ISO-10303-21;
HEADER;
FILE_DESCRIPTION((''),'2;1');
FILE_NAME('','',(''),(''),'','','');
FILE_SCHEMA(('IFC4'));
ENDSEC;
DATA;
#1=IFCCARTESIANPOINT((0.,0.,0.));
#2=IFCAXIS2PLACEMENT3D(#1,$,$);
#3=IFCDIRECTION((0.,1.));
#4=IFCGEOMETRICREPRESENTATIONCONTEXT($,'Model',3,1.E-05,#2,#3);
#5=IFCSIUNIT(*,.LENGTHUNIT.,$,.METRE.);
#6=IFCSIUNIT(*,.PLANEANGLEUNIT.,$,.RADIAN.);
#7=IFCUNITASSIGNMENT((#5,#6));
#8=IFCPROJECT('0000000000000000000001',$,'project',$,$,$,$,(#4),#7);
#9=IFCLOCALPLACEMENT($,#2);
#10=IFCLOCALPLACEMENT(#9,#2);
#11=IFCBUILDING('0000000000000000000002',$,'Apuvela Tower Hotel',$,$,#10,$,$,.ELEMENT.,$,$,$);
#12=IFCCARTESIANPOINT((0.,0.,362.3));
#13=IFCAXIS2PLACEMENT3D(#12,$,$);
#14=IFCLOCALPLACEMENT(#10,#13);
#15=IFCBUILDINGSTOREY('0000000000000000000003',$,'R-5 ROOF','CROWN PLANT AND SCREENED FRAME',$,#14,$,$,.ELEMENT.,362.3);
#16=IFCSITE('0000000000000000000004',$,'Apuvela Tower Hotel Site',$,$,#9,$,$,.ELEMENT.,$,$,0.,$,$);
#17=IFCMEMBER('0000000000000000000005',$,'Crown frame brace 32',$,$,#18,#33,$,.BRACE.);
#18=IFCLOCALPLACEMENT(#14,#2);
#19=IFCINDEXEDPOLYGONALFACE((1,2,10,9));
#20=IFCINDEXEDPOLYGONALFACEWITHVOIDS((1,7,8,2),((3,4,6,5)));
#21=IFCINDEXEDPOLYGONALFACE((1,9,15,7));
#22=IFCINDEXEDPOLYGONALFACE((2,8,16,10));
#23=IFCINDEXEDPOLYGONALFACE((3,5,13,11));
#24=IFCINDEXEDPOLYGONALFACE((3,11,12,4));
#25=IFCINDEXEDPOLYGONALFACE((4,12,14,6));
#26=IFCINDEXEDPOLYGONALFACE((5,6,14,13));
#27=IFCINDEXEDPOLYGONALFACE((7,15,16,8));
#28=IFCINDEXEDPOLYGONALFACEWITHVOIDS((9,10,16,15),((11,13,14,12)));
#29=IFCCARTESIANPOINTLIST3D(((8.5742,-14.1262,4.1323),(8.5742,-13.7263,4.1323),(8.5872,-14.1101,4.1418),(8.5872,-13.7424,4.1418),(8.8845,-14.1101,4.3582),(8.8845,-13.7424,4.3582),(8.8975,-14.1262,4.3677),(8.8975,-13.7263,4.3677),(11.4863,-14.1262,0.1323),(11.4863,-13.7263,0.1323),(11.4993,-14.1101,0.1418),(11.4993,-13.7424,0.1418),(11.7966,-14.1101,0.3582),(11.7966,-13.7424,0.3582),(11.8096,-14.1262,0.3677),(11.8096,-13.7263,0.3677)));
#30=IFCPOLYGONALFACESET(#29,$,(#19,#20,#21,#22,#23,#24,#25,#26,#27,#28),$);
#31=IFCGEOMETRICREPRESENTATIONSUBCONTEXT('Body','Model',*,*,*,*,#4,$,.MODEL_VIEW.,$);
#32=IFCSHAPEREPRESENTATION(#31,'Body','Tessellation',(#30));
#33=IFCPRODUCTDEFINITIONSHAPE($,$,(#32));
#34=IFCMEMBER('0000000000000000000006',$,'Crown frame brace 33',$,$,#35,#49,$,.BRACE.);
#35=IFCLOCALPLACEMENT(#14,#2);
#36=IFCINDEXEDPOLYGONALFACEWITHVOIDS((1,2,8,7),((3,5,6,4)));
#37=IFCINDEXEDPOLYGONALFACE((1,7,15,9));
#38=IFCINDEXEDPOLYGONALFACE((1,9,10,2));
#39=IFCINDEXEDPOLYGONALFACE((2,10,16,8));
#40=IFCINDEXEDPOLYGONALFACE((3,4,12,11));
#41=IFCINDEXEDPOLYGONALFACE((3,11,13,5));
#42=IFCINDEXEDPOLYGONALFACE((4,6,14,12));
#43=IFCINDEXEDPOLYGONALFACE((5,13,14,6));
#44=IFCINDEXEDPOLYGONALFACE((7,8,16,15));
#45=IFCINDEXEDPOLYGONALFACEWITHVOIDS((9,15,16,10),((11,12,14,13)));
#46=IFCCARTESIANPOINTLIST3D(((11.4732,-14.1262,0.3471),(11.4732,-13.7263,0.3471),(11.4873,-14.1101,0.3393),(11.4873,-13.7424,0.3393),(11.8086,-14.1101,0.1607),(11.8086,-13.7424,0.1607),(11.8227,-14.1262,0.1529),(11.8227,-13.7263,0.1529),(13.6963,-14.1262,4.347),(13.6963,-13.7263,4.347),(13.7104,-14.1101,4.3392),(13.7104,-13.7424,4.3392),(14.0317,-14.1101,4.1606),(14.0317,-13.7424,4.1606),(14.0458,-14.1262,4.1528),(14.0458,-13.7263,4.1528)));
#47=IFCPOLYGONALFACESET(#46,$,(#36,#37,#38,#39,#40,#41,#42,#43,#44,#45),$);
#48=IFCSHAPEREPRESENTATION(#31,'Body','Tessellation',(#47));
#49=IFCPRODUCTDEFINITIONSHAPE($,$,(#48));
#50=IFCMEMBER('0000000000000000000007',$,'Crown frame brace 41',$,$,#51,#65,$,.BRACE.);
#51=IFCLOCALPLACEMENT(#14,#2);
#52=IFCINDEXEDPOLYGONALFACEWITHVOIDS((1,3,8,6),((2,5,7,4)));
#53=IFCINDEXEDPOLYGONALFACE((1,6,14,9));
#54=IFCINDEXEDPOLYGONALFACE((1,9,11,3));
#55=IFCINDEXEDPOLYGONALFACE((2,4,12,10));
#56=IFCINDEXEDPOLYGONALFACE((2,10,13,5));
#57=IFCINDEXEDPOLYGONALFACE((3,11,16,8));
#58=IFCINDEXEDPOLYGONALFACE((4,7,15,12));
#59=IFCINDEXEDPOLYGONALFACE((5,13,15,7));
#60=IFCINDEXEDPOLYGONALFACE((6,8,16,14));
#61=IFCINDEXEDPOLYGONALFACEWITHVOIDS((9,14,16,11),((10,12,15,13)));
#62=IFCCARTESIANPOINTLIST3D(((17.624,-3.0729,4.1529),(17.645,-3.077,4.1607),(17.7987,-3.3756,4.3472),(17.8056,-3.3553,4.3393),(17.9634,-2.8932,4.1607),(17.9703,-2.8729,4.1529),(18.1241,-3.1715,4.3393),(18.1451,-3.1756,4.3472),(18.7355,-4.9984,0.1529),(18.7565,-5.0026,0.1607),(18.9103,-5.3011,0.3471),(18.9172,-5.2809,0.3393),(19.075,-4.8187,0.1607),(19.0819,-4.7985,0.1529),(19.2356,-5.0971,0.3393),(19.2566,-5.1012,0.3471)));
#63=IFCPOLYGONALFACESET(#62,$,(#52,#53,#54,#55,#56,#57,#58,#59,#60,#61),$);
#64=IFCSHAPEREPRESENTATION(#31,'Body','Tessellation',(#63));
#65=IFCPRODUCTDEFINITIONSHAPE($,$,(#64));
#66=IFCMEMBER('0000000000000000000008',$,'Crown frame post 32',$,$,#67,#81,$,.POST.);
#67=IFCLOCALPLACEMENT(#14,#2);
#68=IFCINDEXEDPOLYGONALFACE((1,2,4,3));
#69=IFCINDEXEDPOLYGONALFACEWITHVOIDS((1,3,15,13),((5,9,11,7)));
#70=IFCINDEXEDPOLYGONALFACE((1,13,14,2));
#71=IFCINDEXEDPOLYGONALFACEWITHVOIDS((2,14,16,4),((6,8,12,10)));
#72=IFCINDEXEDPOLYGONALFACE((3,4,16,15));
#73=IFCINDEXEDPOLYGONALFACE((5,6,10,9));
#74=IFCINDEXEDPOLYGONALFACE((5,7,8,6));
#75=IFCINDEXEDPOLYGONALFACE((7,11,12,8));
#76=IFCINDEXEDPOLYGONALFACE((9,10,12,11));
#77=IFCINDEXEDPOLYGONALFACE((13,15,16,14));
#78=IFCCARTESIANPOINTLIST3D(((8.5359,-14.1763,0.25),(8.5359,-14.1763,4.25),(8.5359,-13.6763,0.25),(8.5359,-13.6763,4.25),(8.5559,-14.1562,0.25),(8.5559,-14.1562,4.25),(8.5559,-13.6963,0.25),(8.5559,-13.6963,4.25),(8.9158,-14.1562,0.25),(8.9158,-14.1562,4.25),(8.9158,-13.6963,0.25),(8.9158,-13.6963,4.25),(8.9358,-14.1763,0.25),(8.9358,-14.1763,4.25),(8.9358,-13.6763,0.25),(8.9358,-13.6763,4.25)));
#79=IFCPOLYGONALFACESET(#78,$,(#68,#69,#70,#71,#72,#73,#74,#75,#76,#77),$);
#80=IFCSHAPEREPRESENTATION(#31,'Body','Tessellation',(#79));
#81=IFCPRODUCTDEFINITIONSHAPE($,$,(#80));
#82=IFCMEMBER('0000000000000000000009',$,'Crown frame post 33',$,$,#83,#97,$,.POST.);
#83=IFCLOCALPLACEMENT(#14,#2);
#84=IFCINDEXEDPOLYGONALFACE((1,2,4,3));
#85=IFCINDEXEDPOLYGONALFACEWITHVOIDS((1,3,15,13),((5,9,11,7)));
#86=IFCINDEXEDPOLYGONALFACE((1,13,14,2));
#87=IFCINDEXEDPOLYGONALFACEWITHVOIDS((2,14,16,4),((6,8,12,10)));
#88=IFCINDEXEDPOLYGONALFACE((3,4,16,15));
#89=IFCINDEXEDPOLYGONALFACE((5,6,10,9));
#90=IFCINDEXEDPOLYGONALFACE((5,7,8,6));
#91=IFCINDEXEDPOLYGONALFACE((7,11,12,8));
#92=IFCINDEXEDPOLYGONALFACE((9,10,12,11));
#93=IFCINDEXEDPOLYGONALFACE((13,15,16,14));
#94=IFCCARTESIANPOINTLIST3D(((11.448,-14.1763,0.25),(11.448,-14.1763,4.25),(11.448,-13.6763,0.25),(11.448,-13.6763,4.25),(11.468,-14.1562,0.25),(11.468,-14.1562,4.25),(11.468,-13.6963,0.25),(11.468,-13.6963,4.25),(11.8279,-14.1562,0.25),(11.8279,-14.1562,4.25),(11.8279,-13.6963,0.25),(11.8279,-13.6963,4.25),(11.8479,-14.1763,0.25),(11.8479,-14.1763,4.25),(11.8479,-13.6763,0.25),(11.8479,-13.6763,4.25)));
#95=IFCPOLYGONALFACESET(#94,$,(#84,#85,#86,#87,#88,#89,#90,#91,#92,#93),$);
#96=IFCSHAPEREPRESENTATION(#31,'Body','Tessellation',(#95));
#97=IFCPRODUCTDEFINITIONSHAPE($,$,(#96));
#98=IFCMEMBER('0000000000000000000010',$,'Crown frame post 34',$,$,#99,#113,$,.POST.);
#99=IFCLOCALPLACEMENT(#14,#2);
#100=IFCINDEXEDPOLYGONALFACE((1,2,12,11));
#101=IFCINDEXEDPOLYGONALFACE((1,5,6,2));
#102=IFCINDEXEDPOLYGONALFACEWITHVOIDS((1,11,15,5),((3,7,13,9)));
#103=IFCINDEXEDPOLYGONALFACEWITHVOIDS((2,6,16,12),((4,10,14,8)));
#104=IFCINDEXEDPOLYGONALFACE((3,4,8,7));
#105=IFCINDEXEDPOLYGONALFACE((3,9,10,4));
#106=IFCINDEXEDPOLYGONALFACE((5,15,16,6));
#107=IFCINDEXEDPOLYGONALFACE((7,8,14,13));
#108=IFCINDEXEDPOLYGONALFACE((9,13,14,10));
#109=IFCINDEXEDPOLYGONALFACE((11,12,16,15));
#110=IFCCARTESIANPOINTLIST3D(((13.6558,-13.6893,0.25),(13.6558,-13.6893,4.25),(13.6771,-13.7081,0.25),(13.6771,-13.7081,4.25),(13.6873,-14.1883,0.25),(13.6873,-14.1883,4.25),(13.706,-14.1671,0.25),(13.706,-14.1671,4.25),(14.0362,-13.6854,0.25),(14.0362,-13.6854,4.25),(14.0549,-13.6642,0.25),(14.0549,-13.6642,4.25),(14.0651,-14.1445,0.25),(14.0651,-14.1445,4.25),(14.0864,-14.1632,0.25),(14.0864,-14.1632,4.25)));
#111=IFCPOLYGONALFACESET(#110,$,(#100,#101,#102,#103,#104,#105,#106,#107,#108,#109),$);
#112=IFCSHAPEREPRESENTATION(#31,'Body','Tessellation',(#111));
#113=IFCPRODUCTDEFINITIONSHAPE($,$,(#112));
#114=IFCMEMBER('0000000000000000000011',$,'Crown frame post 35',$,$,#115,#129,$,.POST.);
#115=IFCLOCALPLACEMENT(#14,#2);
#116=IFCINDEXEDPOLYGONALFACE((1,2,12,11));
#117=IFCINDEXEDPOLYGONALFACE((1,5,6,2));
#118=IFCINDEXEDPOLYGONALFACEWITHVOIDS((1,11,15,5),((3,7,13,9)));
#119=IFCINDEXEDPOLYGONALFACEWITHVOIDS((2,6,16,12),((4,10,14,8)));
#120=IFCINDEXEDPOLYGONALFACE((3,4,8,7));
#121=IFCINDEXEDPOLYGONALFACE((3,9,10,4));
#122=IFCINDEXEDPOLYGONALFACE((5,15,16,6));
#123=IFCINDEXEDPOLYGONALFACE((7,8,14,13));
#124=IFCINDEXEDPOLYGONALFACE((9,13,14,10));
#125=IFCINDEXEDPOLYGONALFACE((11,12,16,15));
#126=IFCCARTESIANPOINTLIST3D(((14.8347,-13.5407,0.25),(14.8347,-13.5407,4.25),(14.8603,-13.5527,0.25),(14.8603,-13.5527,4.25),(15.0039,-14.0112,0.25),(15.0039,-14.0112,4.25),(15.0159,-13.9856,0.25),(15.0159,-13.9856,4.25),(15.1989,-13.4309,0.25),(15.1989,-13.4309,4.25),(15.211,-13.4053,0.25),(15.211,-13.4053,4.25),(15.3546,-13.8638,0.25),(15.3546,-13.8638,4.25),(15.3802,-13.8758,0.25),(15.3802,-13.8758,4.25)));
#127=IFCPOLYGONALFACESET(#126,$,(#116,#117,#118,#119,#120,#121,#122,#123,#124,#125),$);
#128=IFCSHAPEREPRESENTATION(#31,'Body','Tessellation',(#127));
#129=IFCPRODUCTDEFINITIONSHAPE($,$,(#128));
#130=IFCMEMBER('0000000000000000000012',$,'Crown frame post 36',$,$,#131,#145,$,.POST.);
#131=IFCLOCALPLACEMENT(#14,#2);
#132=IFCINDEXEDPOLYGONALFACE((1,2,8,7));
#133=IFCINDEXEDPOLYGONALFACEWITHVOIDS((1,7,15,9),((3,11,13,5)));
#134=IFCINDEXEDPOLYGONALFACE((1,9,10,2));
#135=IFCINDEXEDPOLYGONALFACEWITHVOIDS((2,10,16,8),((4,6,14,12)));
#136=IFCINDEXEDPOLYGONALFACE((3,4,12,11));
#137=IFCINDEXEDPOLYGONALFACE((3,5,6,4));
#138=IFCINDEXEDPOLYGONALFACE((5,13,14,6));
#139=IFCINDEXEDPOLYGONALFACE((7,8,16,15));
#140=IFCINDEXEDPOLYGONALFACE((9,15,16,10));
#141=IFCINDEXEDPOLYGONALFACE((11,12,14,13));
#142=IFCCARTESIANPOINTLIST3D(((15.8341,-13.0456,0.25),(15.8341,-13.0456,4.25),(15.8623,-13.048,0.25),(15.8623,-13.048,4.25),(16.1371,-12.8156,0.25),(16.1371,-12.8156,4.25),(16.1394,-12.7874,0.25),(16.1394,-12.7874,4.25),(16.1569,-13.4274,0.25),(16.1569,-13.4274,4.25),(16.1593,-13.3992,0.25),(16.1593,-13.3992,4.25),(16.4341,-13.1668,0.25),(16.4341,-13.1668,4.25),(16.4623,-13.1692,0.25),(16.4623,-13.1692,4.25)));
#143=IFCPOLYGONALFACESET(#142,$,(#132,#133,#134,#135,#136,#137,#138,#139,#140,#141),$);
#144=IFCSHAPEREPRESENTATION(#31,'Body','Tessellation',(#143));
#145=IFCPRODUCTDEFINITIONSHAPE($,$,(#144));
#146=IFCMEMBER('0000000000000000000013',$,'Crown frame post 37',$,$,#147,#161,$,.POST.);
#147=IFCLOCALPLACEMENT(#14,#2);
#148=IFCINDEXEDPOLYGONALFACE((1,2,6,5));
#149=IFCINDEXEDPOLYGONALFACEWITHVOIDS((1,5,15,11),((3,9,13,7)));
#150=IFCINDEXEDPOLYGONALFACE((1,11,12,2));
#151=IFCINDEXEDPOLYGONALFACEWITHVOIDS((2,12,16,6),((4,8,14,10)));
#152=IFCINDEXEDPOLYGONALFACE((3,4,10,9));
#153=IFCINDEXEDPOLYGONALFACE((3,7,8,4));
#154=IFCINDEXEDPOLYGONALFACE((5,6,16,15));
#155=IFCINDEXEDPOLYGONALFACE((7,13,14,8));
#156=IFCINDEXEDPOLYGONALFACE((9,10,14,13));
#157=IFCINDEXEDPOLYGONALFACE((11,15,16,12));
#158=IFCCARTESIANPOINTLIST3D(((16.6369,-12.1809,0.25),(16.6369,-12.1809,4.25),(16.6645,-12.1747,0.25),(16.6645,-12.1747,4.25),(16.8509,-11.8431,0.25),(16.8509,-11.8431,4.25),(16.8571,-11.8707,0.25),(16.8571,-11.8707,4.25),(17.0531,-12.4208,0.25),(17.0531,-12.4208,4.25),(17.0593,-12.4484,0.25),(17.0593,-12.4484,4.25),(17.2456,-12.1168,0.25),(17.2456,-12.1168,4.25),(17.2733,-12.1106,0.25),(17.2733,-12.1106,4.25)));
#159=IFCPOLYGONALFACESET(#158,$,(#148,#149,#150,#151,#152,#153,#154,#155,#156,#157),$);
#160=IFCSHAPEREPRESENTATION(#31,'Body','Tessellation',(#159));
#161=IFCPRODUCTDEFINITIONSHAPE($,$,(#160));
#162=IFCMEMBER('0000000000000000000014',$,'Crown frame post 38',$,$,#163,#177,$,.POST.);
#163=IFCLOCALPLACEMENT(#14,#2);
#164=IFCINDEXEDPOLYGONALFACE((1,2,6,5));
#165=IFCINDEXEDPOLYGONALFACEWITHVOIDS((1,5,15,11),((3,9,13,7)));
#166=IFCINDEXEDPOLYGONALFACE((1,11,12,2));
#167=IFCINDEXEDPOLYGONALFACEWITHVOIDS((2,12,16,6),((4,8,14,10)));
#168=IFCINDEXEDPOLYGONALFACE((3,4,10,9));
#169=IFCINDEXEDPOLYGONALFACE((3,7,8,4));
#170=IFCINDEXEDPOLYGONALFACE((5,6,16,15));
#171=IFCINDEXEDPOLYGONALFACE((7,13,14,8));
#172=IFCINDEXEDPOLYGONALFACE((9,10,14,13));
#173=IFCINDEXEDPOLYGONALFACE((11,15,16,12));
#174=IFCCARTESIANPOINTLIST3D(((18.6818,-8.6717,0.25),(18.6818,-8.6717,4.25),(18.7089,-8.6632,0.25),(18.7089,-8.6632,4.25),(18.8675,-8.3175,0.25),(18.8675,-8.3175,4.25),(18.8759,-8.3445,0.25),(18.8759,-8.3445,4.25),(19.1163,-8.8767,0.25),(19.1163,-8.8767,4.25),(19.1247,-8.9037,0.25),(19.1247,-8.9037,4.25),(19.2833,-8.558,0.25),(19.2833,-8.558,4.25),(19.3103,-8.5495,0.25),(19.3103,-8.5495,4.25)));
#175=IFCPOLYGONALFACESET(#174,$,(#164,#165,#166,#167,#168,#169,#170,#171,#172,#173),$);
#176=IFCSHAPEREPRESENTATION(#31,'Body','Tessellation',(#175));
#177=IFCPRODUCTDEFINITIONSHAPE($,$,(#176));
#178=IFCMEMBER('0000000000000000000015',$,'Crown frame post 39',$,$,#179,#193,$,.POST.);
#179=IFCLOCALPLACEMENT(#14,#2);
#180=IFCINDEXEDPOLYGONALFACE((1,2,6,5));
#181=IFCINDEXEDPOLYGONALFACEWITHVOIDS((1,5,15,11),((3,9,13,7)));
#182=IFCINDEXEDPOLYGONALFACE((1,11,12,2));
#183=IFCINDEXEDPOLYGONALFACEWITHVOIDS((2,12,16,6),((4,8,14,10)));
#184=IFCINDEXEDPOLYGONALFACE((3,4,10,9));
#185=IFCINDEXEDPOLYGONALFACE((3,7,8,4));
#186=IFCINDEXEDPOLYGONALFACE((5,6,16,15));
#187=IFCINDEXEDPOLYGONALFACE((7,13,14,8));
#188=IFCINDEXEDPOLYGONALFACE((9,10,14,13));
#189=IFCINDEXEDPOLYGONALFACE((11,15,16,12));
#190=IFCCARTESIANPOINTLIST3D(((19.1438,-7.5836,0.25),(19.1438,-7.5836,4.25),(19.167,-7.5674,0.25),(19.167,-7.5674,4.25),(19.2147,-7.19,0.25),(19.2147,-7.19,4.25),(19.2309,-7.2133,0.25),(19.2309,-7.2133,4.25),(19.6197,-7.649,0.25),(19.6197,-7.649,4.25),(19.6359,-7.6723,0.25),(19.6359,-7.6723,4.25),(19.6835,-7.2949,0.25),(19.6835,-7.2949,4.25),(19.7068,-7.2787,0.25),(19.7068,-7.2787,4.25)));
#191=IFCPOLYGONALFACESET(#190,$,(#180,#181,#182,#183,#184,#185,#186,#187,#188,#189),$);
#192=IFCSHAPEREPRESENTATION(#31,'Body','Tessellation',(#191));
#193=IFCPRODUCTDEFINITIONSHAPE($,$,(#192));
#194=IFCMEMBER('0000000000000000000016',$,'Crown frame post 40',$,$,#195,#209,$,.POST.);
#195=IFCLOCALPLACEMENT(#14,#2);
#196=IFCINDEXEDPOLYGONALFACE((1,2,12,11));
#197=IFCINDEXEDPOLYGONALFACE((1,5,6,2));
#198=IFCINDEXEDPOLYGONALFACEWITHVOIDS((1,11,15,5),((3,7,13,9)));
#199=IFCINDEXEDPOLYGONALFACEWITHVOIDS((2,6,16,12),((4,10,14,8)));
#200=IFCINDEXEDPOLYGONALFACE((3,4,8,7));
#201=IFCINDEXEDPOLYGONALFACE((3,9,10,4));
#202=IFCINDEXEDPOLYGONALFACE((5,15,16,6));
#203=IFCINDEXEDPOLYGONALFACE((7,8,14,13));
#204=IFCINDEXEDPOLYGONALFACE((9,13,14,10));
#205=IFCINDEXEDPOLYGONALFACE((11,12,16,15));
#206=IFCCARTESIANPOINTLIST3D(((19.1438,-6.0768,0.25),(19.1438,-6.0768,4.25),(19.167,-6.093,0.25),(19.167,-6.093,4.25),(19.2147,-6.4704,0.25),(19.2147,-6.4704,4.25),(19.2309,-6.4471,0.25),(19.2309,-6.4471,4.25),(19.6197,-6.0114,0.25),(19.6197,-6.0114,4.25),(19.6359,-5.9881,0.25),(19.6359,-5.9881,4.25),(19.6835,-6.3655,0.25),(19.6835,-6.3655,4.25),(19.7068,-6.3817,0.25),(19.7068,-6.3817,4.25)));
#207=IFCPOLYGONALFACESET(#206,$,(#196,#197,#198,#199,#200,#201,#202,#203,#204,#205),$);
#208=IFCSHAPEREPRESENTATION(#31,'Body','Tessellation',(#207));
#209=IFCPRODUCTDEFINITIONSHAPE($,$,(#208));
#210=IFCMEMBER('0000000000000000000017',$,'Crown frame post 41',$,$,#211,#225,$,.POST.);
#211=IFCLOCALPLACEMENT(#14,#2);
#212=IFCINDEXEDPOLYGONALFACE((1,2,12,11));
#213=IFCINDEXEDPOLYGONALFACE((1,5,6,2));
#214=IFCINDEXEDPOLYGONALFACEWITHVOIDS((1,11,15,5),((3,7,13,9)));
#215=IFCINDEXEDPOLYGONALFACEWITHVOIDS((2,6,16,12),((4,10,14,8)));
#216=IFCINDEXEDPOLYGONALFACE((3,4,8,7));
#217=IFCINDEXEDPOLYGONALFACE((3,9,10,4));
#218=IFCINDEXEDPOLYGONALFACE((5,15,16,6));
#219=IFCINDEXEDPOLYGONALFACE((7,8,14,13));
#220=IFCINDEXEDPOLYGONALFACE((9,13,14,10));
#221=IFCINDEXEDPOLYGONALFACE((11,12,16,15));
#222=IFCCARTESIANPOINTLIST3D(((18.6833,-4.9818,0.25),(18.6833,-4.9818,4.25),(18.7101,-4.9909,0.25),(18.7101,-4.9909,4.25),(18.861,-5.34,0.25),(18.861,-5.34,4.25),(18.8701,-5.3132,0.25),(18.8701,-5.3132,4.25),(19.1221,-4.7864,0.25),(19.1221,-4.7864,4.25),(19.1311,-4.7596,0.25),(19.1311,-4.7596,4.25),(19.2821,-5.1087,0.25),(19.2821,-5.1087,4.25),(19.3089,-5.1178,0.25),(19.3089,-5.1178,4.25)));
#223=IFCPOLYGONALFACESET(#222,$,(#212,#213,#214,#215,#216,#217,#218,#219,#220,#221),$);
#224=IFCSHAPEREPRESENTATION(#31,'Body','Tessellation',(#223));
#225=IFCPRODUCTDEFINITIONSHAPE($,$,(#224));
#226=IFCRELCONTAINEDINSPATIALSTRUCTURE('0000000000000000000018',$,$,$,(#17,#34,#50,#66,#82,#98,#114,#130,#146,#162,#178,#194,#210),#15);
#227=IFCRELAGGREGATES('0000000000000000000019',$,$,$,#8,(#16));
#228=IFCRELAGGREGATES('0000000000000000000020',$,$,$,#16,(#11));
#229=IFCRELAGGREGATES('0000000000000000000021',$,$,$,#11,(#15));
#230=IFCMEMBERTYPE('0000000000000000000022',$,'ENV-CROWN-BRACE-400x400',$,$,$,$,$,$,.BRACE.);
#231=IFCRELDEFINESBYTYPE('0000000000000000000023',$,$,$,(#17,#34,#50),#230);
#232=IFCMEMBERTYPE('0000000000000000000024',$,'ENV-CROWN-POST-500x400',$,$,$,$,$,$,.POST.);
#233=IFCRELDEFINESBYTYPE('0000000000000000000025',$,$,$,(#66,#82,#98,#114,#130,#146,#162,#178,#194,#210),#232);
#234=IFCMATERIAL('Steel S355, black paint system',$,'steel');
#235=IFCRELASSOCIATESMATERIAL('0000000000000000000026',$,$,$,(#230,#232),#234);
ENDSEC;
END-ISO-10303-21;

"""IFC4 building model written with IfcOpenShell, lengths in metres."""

from ifc_helpers import new_model, si_unit, direction, frame, origin, origin_2d, place, context, subcontext, project, spatial, hollow_rectangle, extrude, material, material_profile, profile_set, type_object, element, save


model = new_model("IFC4")

# Units and contexts
model_context = context("Model", 3, precision=1e-05, world=origin(), true_north=direction((0.0, 1.0)))
body_context = subcontext(model_context, "Body", "Model", "MODEL_VIEW")
ifc_project = project(units=[si_unit("LENGTHUNIT", "METRE"), si_unit("PLANEANGLEUNIT", "RADIAN")], contexts=[model_context])

# Site, building, storey
site_placement = place(None, origin())
site = spatial("IfcSite", under=ifc_project, at=site_placement, Name="Apuvela Tower Hotel Site", CompositionType="ELEMENT", RefElevation=0.0)
building_placement = place(site_placement, origin())
building = spatial("IfcBuilding", under=site, at=building_placement, Name="Apuvela Tower Hotel", CompositionType="ELEMENT")
storey_placement = place(building_placement, frame((0.0, 0.0, 362.3)))
storey = spatial("IfcBuildingStorey", under=building, at=storey_placement, Name="R-5 ROOF", Description="CROWN PLANT AND SCREENED FRAME", CompositionType="ELEMENT", Elevation=362.3)

# Members
ifc_material_1 = material(Name="Steel S355, black paint system", Category="steel")
ifc_material_profile_1 = material_profile(ifc_material_1, hollow_rectangle(XDim=0.3999, YDim=0.3999, WallThickness=0.0161, at=origin_2d()), Name="HSS 400x400x16")
ifc_profile_set_1 = profile_set([ifc_material_profile_1], Name="Steel S355, black paint system")
member_type_1 = type_object("IfcMemberType", Name="ENV-CROWN-BRACE-400x400", PredefinedType="BRACE", material=ifc_profile_set_1)
member_1_placement = place(storey_placement, frame((11.6479, -13.9263, 0.25), z_axis=(-0.588571, 0.0, 0.808446), x_axis=(0.0, -1.0, 0.0)))
element("IfcMember", 1, at=member_1_placement, inside=storey, type_object=member_type_1, Name="Crown frame brace 32", PredefinedType="BRACE", context=body_context, shape_type="SweptSolid", body=[
    extrude(hollow_rectangle(XDim=0.3999, YDim=0.3999, WallThickness=0.0161, at=origin_2d()), origin(), (0.0, 0.0, 1.0), 4.9478),
])
member_2_placement = place(storey_placement, frame((11.6479, -13.9263, 0.25), z_axis=(0.485797, 0.0, 0.874072), x_axis=(0.0, 1.0, 0.0)))
element("IfcMember", 2, at=member_2_placement, inside=storey, type_object=member_type_1, Name="Crown frame brace 33", PredefinedType="BRACE", context=body_context, shape_type="SweptSolid", body=[
    extrude(hollow_rectangle(XDim=0.3999, YDim=0.3999, WallThickness=0.0161, at=origin_2d()), origin(), (0.0, 0.0, 1.0), 4.5762),
])
member_3_placement = place(storey_placement, frame((18.9961, -5.0498, 0.25), z_axis=(-0.242893, 0.420755, 0.874053), x_axis=(-0.866052, -0.499954, 0.0)))
element("IfcMember", 3, at=member_3_placement, inside=storey, type_object=member_type_1, Name="Crown frame brace 41", PredefinedType="BRACE", context=body_context, shape_type="SweptSolid", body=[
    extrude(hollow_rectangle(XDim=0.3999, YDim=0.3999, WallThickness=0.0161, at=origin_2d()), origin(), (0.0, 0.0, 1.0), 4.5764),
])
ifc_material_profile_2 = material_profile(ifc_material_1, hollow_rectangle(XDim=0.3999, YDim=0.5, WallThickness=0.02, at=origin_2d()), Name="HSS 500x400x20")
ifc_profile_set_2 = profile_set([ifc_material_profile_2], Name="Steel S355, black paint system")
member_type_2 = type_object("IfcMemberType", Name="ENV-CROWN-POST-500x400", PredefinedType="POST", material=ifc_profile_set_2)
for number, where, z_axis, x_axis, name in (
    (4, (8.7358, -13.9263, 0.25), (0.0, 0.0, 1.0), (1.0, 0.0, 0.0), "Crown frame post 32"),
    (5, (11.6479, -13.9263, 0.25), (0.0, 0.0, 1.0), (1.0, 0.0, 0.0), "Crown frame post 33"),
    (6, (13.8711, -13.9263, 0.25), (0.0, 0.0, 1.0), (0.998021, 0.062881, 0.0), "Crown frame post 34"),
    (7, (15.1074, -13.7083, 0.25), (0.0, 0.0, 1.0), (0.940994, 0.338423, 0.0), "Crown frame post 35"),
    (8, (16.1482, -13.1074, 0.25), (0.0, 0.0, 1.0), (0.76358, 0.645714, 0.0), "Crown frame post 36"),
    (9, (16.9551, -12.1458, 0.25), (0.0, 0.0, 1.0), (0.535046, 0.844823, 0.0), "Crown frame post 37"),
    (10, (18.9961, -8.6106, 0.25), (0.0, 0.0, 1.0), (0.464116, 0.885775, 0.0), "Crown frame post 38"),
    (11, (19.4253, -7.4312, 0.25), (0.0, 0.0, 1.0), (0.177415, 0.984136, 0.0), "Crown frame post 39"),
    (12, (19.4253, -6.2292, 0.25), (0.0, 0.0, 1.0), (-0.177415, 0.984136, 0.0), "Crown frame post 40"),
    (13, (18.9961, -5.0498, 0.25), (0.0, 0.0, 1.0), (-0.444554, 0.895752, 0.0), "Crown frame post 41"),
):
    element("IfcMember", number, at=place(storey_placement, frame(where, z_axis=z_axis, x_axis=x_axis)), inside=storey, type_object=member_type_2, Name=name, PredefinedType="POST", context=body_context, shape_type="SweptSolid", body=[
        extrude(hollow_rectangle(XDim=0.3999, YDim=0.5, WallThickness=0.02, at=origin_2d()), origin(), (0.0, 0.0, 1.0), 4.0),
    ])

save(model, "model.ifc")
